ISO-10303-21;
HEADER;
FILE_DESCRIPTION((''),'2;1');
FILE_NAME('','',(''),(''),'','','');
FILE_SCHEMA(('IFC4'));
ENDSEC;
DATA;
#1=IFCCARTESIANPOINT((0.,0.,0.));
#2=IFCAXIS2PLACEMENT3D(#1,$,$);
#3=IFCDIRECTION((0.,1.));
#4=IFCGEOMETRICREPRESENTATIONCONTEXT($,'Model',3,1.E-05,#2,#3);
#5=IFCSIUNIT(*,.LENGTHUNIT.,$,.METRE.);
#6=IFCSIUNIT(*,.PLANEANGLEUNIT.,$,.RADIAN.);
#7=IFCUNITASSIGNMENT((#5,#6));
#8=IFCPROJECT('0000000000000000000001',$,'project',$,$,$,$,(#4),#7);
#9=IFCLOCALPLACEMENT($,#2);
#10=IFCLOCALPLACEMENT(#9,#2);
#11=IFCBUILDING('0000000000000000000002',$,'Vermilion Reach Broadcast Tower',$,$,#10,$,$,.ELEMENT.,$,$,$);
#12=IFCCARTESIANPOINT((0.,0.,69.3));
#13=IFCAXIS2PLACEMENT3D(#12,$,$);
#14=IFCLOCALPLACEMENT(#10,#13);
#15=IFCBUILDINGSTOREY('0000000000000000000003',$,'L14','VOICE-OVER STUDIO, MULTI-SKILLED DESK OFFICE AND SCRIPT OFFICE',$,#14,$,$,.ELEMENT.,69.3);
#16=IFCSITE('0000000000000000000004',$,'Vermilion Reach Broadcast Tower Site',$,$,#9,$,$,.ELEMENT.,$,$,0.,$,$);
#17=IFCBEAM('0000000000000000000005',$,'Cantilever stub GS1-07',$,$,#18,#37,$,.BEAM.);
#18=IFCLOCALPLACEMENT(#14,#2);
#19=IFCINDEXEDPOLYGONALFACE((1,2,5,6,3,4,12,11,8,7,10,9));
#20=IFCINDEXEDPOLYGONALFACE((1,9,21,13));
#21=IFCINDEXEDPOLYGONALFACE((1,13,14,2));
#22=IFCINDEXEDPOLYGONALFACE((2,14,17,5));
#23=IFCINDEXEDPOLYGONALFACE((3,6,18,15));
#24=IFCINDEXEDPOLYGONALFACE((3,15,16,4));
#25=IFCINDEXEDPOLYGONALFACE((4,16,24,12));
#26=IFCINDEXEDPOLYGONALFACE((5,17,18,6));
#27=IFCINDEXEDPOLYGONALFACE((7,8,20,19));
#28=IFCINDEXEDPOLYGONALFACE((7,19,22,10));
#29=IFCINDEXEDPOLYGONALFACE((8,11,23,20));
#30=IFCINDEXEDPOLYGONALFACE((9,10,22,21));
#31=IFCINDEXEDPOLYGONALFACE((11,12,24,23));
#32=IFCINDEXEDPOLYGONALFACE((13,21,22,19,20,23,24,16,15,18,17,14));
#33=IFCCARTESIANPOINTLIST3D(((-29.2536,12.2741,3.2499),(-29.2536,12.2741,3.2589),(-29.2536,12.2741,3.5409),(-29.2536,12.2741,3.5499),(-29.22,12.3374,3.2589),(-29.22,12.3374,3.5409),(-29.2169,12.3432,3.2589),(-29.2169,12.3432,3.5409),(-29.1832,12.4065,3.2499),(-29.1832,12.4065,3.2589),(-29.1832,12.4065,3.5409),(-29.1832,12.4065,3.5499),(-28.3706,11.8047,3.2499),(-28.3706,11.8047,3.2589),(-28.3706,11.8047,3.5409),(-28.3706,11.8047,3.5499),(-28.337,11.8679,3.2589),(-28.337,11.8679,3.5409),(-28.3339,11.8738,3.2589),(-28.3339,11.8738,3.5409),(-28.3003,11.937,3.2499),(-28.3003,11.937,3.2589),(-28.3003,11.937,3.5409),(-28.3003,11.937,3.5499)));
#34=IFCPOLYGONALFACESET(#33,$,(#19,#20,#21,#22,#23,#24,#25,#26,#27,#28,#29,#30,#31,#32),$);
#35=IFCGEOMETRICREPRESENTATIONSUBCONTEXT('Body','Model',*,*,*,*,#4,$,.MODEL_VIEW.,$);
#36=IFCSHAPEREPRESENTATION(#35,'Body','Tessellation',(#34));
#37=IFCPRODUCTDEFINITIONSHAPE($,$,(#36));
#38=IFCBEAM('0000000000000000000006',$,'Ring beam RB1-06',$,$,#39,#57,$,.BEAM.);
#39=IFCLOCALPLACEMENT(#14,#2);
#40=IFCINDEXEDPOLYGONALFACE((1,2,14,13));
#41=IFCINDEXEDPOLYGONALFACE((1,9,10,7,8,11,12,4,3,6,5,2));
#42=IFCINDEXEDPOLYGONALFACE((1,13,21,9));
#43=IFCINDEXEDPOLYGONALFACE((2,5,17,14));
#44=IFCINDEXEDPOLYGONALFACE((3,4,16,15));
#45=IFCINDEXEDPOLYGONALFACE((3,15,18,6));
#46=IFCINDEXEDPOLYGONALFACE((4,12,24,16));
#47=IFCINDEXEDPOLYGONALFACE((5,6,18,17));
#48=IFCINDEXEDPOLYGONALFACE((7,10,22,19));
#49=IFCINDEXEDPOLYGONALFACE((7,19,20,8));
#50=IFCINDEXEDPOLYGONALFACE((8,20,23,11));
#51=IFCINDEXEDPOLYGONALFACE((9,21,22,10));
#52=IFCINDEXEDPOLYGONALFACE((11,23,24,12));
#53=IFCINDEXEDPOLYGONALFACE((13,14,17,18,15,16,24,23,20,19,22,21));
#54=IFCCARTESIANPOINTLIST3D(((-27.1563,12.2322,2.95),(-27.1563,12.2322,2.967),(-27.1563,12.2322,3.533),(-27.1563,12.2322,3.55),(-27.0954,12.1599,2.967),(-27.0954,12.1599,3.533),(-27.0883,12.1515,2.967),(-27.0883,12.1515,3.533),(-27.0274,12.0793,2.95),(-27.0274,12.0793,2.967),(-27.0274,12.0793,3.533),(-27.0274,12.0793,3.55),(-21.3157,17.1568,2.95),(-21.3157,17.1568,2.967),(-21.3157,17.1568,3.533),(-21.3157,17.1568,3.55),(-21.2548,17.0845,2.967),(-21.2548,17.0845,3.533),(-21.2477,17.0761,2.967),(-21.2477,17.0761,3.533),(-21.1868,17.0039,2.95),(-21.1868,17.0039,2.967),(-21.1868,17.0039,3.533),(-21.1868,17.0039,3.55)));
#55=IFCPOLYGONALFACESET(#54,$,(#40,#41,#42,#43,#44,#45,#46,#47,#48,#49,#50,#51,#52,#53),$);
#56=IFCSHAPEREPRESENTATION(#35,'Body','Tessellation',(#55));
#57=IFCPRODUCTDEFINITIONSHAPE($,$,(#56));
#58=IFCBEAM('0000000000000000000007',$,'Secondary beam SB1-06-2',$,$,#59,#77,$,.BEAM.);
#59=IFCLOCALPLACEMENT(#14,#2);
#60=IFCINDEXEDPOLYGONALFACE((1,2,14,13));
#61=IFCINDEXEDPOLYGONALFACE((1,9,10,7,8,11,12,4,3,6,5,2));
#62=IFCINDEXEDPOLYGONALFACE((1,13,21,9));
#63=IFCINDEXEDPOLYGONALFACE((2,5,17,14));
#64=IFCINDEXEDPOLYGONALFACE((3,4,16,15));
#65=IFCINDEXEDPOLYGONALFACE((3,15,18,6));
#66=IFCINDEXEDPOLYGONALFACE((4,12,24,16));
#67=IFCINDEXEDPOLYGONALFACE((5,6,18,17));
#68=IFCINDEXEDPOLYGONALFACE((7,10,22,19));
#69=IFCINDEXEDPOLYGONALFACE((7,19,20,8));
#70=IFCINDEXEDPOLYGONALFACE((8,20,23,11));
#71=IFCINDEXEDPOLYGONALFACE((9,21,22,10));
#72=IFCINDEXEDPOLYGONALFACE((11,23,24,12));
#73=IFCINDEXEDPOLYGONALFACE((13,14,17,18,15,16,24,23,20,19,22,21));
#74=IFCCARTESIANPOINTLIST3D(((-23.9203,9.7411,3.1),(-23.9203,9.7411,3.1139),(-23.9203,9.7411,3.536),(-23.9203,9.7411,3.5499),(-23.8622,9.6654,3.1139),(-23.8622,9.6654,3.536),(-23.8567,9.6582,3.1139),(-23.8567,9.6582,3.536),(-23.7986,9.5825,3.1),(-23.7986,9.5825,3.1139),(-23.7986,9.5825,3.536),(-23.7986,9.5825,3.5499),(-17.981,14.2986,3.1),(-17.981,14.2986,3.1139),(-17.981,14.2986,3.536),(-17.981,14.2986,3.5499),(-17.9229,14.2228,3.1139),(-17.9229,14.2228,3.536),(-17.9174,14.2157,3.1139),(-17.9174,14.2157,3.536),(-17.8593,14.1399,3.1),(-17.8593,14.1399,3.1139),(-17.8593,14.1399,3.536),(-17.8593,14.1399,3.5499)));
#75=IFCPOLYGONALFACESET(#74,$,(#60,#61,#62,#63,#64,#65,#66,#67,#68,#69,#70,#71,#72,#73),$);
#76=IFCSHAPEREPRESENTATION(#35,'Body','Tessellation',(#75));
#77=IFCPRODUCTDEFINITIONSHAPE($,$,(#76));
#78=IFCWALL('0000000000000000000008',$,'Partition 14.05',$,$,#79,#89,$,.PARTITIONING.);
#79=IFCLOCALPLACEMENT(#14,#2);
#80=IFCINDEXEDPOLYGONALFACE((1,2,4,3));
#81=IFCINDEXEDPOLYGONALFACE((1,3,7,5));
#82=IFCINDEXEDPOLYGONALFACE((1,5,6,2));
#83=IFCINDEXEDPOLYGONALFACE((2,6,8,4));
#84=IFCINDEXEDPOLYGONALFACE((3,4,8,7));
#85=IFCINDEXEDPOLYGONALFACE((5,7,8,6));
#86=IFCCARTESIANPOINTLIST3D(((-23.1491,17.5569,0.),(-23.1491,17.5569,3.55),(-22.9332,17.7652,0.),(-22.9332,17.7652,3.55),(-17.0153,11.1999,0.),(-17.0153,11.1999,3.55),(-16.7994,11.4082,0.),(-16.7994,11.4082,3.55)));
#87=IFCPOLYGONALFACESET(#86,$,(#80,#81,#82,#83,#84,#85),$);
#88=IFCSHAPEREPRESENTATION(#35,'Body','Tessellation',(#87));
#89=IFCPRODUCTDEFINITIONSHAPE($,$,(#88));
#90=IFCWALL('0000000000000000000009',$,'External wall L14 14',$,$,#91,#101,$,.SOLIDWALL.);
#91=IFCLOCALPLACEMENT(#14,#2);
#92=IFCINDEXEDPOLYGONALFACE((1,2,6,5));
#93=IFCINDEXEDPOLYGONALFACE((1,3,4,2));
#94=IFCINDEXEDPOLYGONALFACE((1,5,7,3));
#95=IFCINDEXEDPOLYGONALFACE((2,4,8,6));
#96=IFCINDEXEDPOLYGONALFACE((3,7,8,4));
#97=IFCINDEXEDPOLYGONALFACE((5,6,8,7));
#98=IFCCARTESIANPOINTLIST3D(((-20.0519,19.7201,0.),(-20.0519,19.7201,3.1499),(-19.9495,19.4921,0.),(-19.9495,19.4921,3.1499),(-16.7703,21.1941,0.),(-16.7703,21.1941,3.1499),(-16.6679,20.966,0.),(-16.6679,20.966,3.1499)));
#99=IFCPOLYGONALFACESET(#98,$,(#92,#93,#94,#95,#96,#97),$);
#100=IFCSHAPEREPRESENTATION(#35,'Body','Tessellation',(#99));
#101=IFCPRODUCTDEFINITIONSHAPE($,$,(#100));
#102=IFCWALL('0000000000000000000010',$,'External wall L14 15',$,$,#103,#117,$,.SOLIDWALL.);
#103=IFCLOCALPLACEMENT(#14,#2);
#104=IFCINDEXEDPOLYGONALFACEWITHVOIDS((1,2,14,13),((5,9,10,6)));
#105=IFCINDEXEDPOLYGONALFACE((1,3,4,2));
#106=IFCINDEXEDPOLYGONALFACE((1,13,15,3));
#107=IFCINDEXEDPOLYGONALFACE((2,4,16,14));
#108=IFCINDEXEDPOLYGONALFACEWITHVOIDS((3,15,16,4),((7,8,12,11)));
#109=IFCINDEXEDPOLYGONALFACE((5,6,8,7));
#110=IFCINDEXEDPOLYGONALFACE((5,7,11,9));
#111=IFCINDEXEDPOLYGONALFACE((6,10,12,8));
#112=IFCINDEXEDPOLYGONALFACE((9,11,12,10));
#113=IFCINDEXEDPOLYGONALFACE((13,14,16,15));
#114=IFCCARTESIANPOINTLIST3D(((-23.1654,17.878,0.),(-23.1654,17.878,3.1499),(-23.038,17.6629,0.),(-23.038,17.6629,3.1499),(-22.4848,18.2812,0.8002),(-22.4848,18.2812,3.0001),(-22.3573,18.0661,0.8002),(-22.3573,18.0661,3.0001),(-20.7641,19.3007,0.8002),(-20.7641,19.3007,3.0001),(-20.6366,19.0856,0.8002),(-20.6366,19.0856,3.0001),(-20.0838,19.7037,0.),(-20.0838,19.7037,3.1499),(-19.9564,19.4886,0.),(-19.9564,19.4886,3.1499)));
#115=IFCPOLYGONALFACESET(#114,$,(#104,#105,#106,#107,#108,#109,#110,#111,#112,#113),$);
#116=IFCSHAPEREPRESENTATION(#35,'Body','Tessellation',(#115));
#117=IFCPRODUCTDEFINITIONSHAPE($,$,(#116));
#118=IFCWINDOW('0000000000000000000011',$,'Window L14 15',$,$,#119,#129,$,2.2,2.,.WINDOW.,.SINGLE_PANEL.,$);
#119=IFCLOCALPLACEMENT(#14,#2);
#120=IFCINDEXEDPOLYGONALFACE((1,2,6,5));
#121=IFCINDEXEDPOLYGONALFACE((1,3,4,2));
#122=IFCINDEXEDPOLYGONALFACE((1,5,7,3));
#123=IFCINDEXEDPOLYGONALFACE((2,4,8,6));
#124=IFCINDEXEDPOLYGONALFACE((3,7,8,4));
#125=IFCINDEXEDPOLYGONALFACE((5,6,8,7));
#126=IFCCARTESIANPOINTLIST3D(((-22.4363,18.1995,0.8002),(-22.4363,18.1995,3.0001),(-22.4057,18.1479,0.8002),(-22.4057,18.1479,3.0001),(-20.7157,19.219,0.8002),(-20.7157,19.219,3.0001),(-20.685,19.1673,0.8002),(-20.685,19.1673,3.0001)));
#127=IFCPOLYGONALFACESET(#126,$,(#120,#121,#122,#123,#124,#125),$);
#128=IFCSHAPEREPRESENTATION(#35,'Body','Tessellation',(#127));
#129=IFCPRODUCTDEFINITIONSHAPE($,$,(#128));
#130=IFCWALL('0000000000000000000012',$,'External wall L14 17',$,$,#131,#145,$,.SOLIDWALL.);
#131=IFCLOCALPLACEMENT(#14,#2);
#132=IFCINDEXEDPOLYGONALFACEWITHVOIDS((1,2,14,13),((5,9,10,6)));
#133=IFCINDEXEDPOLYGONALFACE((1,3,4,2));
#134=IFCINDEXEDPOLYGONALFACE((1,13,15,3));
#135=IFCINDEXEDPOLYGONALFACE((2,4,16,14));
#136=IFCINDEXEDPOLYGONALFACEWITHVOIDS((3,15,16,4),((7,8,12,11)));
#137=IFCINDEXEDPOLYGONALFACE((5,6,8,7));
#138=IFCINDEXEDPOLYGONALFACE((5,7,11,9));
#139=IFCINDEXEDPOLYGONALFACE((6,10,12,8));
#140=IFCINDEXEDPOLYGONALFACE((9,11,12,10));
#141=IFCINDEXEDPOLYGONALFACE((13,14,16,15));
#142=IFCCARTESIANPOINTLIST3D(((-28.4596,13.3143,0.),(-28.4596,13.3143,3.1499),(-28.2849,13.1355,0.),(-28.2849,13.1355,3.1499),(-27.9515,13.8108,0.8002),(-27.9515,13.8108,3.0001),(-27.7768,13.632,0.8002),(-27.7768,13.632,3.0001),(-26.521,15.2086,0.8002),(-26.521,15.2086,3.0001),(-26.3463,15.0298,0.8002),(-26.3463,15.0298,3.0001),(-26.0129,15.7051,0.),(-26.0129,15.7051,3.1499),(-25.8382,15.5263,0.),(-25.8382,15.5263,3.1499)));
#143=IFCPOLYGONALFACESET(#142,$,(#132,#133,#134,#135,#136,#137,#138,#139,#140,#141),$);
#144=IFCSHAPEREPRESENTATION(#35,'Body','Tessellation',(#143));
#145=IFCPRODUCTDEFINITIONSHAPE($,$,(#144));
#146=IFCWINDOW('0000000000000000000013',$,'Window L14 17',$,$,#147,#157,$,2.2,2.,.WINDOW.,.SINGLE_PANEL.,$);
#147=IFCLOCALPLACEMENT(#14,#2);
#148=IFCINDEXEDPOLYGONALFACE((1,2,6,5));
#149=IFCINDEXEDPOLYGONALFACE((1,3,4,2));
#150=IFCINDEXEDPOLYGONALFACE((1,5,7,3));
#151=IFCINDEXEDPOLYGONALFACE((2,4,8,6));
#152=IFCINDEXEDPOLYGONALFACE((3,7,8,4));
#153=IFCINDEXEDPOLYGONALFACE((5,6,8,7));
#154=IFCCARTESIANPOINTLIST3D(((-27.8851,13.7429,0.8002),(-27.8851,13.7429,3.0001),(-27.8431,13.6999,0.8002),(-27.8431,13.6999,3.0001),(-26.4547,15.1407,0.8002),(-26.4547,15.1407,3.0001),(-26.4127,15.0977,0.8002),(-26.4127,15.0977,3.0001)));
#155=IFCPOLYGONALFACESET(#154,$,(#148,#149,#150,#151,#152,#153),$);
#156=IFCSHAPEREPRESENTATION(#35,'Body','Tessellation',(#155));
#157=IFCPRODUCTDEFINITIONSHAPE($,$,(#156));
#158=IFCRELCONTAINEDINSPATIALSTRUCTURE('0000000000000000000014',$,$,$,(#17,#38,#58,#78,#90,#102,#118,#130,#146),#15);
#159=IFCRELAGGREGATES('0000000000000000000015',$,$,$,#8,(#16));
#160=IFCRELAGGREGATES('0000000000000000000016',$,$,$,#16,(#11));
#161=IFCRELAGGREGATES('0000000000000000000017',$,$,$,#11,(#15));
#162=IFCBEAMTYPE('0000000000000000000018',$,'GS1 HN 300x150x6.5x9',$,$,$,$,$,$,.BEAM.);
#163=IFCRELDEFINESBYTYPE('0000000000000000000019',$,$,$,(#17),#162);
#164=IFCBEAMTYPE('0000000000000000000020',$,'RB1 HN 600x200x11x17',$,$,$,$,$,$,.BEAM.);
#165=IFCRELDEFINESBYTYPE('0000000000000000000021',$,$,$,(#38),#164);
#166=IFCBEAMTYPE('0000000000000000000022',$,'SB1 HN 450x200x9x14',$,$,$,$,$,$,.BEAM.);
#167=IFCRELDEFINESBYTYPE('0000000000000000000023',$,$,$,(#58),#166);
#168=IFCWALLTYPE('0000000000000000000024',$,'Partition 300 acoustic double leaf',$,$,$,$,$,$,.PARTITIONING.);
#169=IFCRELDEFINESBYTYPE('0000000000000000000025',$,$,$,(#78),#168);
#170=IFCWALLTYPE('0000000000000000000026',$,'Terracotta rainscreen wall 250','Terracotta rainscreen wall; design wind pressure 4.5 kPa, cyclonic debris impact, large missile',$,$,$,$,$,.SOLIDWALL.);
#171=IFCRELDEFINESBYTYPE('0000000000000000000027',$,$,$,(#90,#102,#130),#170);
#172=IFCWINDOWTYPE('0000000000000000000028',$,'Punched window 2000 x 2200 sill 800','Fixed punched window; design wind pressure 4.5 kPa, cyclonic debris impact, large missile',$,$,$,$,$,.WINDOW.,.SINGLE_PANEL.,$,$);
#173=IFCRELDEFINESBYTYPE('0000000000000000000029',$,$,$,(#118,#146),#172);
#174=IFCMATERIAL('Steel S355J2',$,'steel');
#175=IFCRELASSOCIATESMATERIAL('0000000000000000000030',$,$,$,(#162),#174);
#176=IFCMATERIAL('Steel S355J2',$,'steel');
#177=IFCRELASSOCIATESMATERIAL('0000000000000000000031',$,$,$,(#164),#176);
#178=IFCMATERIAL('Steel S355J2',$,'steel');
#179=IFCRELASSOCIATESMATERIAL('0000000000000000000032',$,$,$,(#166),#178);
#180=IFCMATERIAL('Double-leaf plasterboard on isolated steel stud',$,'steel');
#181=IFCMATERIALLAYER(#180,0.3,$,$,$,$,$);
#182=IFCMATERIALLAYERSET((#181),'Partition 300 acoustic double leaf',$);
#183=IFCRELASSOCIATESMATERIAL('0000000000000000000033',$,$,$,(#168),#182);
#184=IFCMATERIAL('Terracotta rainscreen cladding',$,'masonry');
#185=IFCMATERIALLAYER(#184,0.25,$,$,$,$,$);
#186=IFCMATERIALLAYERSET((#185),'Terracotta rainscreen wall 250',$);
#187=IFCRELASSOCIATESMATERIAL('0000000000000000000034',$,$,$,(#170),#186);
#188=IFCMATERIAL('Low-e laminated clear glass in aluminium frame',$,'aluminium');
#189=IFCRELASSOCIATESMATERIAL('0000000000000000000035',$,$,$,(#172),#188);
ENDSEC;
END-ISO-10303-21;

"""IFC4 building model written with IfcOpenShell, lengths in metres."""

from ifc_helpers import new_model, si_unit, direction, frame, frame_2d, origin, origin_2d, place, context, subcontext, project, spatial, rectangle, i_section, extrude, material, layer, layer_set, material_profile, profile_set, type_object, element, fill, save


model = new_model("IFC4")

# Units and contexts
model_context = context("Model", 3, precision=1e-05, world=origin(), true_north=direction((0.0, 1.0)))
body_context = subcontext(model_context, "Body", "Model", "MODEL_VIEW")
ifc_project = project(units=[si_unit("LENGTHUNIT", "METRE"), si_unit("PLANEANGLEUNIT", "RADIAN")], contexts=[model_context])

# Site, building, storey
site_placement = place(None, origin())
site = spatial("IfcSite", under=ifc_project, at=site_placement, Name="Vermilion Reach Broadcast Tower Site", CompositionType="ELEMENT", RefElevation=0.0)
building_placement = place(site_placement, origin())
building = spatial("IfcBuilding", under=site, at=building_placement, Name="Vermilion Reach Broadcast Tower", CompositionType="ELEMENT")
storey_placement = place(building_placement, frame((0.0, 0.0, 69.3)))
storey = spatial("IfcBuildingStorey", under=building, at=storey_placement, Name="L14", Description="VOICE-OVER STUDIO, MULTI-SKILLED DESK OFFICE AND SCRIPT OFFICE", CompositionType="ELEMENT", Elevation=69.3)

# Beams
ifc_material_1 = material(Name="Steel S355J2", Category="steel")
ifc_material_profile_1 = material_profile(ifc_material_1, i_section(OverallWidth=0.1499, OverallDepth=0.3, WebThickness=0.0066, FlangeThickness=0.009, at=origin_2d()), Name="S355J2 HN 300x150x6.5x9")
ifc_profile_set_1 = profile_set([ifc_material_profile_1], Name="Steel S355J2")
beam_type_1 = type_object("IfcBeamType", Name="GS1 HN 300x150x6.5x9", PredefinedType="BEAM", material=ifc_profile_set_1)
for number, where, z_axis, x_axis, name in (
    (1, (-28.3354, 11.8708, 3.3999), (-0.882967, 0.469435, 0.0), (-0.469435, -0.882967, 0.0), "Cantilever stub GS1-07"),
):
    element("IfcBeam", number, at=place(storey_placement, frame(where, z_axis=z_axis, x_axis=x_axis)), inside=storey, type_object=beam_type_1, Name=name, PredefinedType="BEAM", context=body_context, shape_type="SweptSolid", body=[
        extrude(i_section(OverallWidth=0.1499, OverallDepth=0.3, WebThickness=0.0066, FlangeThickness=0.009, at=origin_2d()), origin(), (0.0, 0.0, 1.0), 1.0),
    ])
ifc_material_2 = material(Name="Steel S355J2", Category="steel")
ifc_material_profile_2 = material_profile(ifc_material_2, i_section(OverallWidth=0.2, OverallDepth=0.6001, WebThickness=0.011, FlangeThickness=0.0171, at=origin_2d()), Name="S355J2 HN 600x200x11x17")
ifc_profile_set_2 = profile_set([ifc_material_profile_2], Name="Steel S355J2")
beam_type_2 = type_object("IfcBeamType", Name="RB1 HN 600x200x11x17", PredefinedType="BEAM", material=ifc_profile_set_2)
beam_1_placement = place(storey_placement, frame((-21.2512, 17.0803, 3.25), z_axis=(-0.764512, -0.644609, 0.0), x_axis=(0.644609, -0.764512, 0.0)))
element("IfcBeam", 2, at=beam_1_placement, inside=storey, type_object=beam_type_2, Name="Ring beam RB1-06", PredefinedType="BEAM", context=body_context, shape_type="SweptSolid", body=[
    extrude(i_section(OverallWidth=0.2, OverallDepth=0.6001, WebThickness=0.011, FlangeThickness=0.0171, at=origin_2d()), origin(), (0.0, 0.0, 1.0), 7.6396),
])
ifc_material_3 = material(Name="Steel S355J2", Category="steel")
ifc_material_profile_3 = material_profile(ifc_material_3, i_section(OverallWidth=0.2, OverallDepth=0.45, WebThickness=0.009, FlangeThickness=0.0139, at=origin_2d()), Name="S355J2 HN 450x200x9x14")
ifc_profile_set_3 = profile_set([ifc_material_profile_3], Name="Steel S355J2")
beam_type_3 = type_object("IfcBeamType", Name="SB1 HN 450x200x9x14", PredefinedType="BEAM", material=ifc_profile_set_3)
beam_2_placement = place(storey_placement, frame((-17.9202, 14.2192, 3.325), z_axis=(-0.79335, -0.608766, 0.0), x_axis=(0.608766, -0.79335, 0.0)))
element("IfcBeam", 3, at=beam_2_placement, inside=storey, type_object=beam_type_3, Name="Secondary beam SB1-06-2", PredefinedType="BEAM", context=body_context, shape_type="SweptSolid", body=[
    extrude(i_section(OverallWidth=0.2, OverallDepth=0.45, WebThickness=0.009, FlangeThickness=0.0139, at=origin_2d()), origin(), (0.0, 0.0, 1.0), 7.4863),
])

# Walls
ifc_material_4 = material(Name="Double-leaf plasterboard on isolated steel stud", Category="steel")
ifc_layer_1 = layer(ifc_material_4, 0.3)
ifc_layer_set_1 = layer_set([ifc_layer_1], Name="Partition 300 acoustic double leaf")
wall_type_1 = type_object("IfcWallType", Name="Partition 300 acoustic double leaf", PredefinedType="PARTITIONING", material=ifc_layer_set_1)
wall_1_placement = place(storey_placement, frame((-23.0413, 17.6611, 0.0), z_axis=(0.0, 0.0, 1.0), x_axis=(0.694364, -0.719624, 0.0)))
element("IfcWall", 4, at=wall_1_placement, inside=storey, type_object=wall_type_1, Name="Partition 14.05", PredefinedType="PARTITIONING", context=body_context, shape_type="SweptSolid", body=[
    extrude(rectangle(XDim=8.8337, YDim=0.3, at=frame_2d((4.417, 0.0))), origin(), (0.0, 0.0, 1.0), 3.55),
])
ifc_material_5 = material(Name="Terracotta rainscreen cladding", Category="masonry")
ifc_layer_2 = layer(ifc_material_5, 0.25)
ifc_layer_set_2 = layer_set([ifc_layer_2], Name="Terracotta rainscreen wall 250")
wall_type_2 = type_object("IfcWallType", Name="Terracotta rainscreen wall 250", Description="Terracotta rainscreen wall; design wind pressure 4.5 kPa, cyclonic debris impact, large missile", PredefinedType="SOLIDWALL", material=ifc_layer_set_2)
wall_2_placement = place(storey_placement, frame((-16.719, 21.0801, 0.0), z_axis=(0.0, 0.0, 1.0), x_axis=(-0.912212, -0.409718, 0.0)))
element("IfcWall", 5, at=wall_2_placement, inside=storey, type_object=wall_type_2, Name="External wall L14 14", PredefinedType="SOLIDWALL", context=body_context, shape_type="SweptSolid", body=[
    extrude(rectangle(XDim=3.5974, YDim=0.25, at=frame_2d((1.7988, 0.0))), origin(), (0.0, 0.0, 1.0), 3.1499),
])

# Wall, opening, window
wall_3_placement = place(storey_placement, frame((-20.02, 19.5962, 0.0), z_axis=(0.0, 0.0, 1.0), x_axis=(-0.860342, -0.509716, 0.0)))
wall_3 = element("IfcWall", 6, at=wall_3_placement, inside=storey, type_object=wall_type_2, Name="External wall L14 15", PredefinedType="SOLIDWALL", context=body_context, shape_type="SweptSolid", body=[
    extrude(rectangle(XDim=3.5818, YDim=0.25, at=frame_2d((1.791, 0.0))), origin(), (0.0, 0.0, 1.0), 3.1499),
])
opening_1_placement = place(wall_3_placement, frame((0.7908, 0.0, 0.8)))
opening_1 = element("IfcOpeningElement", 7, at=opening_1_placement, cuts=wall_3, PredefinedType="OPENING", context=body_context, shape_type="SweptSolid", body=[
    extrude(rectangle(XDim=2.0, YDim=2.2, at=frame_2d((1.0, 1.1001))), frame((0.0, 0.135, 0.0), z_axis=(0.0, -1.0, 0.0), x_axis=(1.0, 0.0, 0.0)), (0.0, 0.0, 1.0), 0.27),
])
ifc_material_6 = material(Name="Low-e laminated clear glass in aluminium frame", Category="aluminium")
window_type = type_object("IfcWindowType", Name="Punched window 2000 x 2200 sill 800", Description="Fixed punched window; design wind pressure 4.5 kPa, cyclonic debris impact, large missile", PartitioningType="SINGLE_PANEL", PredefinedType="WINDOW", material=ifc_material_6)
window_1_placement = place(opening_1_placement, origin())
window_1 = element("IfcWindow", 8, at=window_1_placement, inside=storey, type_object=window_type, Name="Window L14 15", OverallHeight=2.2, OverallWidth=2.0, PartitioningType="SINGLE_PANEL", PredefinedType="WINDOW", context=body_context, shape_type="SweptSolid", body=[
    extrude(rectangle(XDim=2.0, YDim=2.2, at=frame_2d((1.0, 1.1001))), frame((0.0, 0.03, 0.0), z_axis=(0.0, -1.0, 0.0), x_axis=(1.0, 0.0, 0.0)), (0.0, 0.0, 1.0), 0.0601),
])
fill(opening_1, window_1)

# Wall, opening, window
wall_4_placement = place(storey_placement, frame((-25.9255, 15.6157, 0.0), z_axis=(0.0, 0.0, 1.0), x_axis=(-0.715231, -0.698888, 0.0)))
wall_4 = element("IfcWall", 9, at=wall_4_placement, inside=storey, type_object=wall_type_2, Name="External wall L14 17", PredefinedType="SOLIDWALL", context=body_context, shape_type="SweptSolid", body=[
    extrude(rectangle(XDim=3.4209, YDim=0.25, at=frame_2d((1.7104, 0.0))), origin(), (0.0, 0.0, 1.0), 3.1499),
])
opening_2_placement = place(wall_4_placement, frame((0.7104, 0.0, 0.8)))
opening_2 = element("IfcOpeningElement", 10, at=opening_2_placement, cuts=wall_4, PredefinedType="OPENING", context=body_context, shape_type="SweptSolid", body=[
    extrude(rectangle(XDim=2.0, YDim=2.2, at=frame_2d((1.0, 1.1001))), frame((0.0, 0.135, 0.0), z_axis=(0.0, -1.0, 0.0), x_axis=(1.0, 0.0, 0.0)), (0.0, 0.0, 1.0), 0.27),
])
window_2_placement = place(opening_2_placement, origin())
window_2 = element("IfcWindow", 11, at=window_2_placement, inside=storey, type_object=window_type, Name="Window L14 17", OverallHeight=2.2, OverallWidth=2.0, PartitioningType="SINGLE_PANEL", PredefinedType="WINDOW", context=body_context, shape_type="SweptSolid", body=[
    extrude(rectangle(XDim=2.0, YDim=2.2, at=frame_2d((1.0, 1.1001))), frame((0.0, 0.03, 0.0), z_axis=(0.0, -1.0, 0.0), x_axis=(1.0, 0.0, 0.0)), (0.0, 0.0, 1.0), 0.0601),
])
fill(opening_2, window_2)

save(model, "model.ifc")
